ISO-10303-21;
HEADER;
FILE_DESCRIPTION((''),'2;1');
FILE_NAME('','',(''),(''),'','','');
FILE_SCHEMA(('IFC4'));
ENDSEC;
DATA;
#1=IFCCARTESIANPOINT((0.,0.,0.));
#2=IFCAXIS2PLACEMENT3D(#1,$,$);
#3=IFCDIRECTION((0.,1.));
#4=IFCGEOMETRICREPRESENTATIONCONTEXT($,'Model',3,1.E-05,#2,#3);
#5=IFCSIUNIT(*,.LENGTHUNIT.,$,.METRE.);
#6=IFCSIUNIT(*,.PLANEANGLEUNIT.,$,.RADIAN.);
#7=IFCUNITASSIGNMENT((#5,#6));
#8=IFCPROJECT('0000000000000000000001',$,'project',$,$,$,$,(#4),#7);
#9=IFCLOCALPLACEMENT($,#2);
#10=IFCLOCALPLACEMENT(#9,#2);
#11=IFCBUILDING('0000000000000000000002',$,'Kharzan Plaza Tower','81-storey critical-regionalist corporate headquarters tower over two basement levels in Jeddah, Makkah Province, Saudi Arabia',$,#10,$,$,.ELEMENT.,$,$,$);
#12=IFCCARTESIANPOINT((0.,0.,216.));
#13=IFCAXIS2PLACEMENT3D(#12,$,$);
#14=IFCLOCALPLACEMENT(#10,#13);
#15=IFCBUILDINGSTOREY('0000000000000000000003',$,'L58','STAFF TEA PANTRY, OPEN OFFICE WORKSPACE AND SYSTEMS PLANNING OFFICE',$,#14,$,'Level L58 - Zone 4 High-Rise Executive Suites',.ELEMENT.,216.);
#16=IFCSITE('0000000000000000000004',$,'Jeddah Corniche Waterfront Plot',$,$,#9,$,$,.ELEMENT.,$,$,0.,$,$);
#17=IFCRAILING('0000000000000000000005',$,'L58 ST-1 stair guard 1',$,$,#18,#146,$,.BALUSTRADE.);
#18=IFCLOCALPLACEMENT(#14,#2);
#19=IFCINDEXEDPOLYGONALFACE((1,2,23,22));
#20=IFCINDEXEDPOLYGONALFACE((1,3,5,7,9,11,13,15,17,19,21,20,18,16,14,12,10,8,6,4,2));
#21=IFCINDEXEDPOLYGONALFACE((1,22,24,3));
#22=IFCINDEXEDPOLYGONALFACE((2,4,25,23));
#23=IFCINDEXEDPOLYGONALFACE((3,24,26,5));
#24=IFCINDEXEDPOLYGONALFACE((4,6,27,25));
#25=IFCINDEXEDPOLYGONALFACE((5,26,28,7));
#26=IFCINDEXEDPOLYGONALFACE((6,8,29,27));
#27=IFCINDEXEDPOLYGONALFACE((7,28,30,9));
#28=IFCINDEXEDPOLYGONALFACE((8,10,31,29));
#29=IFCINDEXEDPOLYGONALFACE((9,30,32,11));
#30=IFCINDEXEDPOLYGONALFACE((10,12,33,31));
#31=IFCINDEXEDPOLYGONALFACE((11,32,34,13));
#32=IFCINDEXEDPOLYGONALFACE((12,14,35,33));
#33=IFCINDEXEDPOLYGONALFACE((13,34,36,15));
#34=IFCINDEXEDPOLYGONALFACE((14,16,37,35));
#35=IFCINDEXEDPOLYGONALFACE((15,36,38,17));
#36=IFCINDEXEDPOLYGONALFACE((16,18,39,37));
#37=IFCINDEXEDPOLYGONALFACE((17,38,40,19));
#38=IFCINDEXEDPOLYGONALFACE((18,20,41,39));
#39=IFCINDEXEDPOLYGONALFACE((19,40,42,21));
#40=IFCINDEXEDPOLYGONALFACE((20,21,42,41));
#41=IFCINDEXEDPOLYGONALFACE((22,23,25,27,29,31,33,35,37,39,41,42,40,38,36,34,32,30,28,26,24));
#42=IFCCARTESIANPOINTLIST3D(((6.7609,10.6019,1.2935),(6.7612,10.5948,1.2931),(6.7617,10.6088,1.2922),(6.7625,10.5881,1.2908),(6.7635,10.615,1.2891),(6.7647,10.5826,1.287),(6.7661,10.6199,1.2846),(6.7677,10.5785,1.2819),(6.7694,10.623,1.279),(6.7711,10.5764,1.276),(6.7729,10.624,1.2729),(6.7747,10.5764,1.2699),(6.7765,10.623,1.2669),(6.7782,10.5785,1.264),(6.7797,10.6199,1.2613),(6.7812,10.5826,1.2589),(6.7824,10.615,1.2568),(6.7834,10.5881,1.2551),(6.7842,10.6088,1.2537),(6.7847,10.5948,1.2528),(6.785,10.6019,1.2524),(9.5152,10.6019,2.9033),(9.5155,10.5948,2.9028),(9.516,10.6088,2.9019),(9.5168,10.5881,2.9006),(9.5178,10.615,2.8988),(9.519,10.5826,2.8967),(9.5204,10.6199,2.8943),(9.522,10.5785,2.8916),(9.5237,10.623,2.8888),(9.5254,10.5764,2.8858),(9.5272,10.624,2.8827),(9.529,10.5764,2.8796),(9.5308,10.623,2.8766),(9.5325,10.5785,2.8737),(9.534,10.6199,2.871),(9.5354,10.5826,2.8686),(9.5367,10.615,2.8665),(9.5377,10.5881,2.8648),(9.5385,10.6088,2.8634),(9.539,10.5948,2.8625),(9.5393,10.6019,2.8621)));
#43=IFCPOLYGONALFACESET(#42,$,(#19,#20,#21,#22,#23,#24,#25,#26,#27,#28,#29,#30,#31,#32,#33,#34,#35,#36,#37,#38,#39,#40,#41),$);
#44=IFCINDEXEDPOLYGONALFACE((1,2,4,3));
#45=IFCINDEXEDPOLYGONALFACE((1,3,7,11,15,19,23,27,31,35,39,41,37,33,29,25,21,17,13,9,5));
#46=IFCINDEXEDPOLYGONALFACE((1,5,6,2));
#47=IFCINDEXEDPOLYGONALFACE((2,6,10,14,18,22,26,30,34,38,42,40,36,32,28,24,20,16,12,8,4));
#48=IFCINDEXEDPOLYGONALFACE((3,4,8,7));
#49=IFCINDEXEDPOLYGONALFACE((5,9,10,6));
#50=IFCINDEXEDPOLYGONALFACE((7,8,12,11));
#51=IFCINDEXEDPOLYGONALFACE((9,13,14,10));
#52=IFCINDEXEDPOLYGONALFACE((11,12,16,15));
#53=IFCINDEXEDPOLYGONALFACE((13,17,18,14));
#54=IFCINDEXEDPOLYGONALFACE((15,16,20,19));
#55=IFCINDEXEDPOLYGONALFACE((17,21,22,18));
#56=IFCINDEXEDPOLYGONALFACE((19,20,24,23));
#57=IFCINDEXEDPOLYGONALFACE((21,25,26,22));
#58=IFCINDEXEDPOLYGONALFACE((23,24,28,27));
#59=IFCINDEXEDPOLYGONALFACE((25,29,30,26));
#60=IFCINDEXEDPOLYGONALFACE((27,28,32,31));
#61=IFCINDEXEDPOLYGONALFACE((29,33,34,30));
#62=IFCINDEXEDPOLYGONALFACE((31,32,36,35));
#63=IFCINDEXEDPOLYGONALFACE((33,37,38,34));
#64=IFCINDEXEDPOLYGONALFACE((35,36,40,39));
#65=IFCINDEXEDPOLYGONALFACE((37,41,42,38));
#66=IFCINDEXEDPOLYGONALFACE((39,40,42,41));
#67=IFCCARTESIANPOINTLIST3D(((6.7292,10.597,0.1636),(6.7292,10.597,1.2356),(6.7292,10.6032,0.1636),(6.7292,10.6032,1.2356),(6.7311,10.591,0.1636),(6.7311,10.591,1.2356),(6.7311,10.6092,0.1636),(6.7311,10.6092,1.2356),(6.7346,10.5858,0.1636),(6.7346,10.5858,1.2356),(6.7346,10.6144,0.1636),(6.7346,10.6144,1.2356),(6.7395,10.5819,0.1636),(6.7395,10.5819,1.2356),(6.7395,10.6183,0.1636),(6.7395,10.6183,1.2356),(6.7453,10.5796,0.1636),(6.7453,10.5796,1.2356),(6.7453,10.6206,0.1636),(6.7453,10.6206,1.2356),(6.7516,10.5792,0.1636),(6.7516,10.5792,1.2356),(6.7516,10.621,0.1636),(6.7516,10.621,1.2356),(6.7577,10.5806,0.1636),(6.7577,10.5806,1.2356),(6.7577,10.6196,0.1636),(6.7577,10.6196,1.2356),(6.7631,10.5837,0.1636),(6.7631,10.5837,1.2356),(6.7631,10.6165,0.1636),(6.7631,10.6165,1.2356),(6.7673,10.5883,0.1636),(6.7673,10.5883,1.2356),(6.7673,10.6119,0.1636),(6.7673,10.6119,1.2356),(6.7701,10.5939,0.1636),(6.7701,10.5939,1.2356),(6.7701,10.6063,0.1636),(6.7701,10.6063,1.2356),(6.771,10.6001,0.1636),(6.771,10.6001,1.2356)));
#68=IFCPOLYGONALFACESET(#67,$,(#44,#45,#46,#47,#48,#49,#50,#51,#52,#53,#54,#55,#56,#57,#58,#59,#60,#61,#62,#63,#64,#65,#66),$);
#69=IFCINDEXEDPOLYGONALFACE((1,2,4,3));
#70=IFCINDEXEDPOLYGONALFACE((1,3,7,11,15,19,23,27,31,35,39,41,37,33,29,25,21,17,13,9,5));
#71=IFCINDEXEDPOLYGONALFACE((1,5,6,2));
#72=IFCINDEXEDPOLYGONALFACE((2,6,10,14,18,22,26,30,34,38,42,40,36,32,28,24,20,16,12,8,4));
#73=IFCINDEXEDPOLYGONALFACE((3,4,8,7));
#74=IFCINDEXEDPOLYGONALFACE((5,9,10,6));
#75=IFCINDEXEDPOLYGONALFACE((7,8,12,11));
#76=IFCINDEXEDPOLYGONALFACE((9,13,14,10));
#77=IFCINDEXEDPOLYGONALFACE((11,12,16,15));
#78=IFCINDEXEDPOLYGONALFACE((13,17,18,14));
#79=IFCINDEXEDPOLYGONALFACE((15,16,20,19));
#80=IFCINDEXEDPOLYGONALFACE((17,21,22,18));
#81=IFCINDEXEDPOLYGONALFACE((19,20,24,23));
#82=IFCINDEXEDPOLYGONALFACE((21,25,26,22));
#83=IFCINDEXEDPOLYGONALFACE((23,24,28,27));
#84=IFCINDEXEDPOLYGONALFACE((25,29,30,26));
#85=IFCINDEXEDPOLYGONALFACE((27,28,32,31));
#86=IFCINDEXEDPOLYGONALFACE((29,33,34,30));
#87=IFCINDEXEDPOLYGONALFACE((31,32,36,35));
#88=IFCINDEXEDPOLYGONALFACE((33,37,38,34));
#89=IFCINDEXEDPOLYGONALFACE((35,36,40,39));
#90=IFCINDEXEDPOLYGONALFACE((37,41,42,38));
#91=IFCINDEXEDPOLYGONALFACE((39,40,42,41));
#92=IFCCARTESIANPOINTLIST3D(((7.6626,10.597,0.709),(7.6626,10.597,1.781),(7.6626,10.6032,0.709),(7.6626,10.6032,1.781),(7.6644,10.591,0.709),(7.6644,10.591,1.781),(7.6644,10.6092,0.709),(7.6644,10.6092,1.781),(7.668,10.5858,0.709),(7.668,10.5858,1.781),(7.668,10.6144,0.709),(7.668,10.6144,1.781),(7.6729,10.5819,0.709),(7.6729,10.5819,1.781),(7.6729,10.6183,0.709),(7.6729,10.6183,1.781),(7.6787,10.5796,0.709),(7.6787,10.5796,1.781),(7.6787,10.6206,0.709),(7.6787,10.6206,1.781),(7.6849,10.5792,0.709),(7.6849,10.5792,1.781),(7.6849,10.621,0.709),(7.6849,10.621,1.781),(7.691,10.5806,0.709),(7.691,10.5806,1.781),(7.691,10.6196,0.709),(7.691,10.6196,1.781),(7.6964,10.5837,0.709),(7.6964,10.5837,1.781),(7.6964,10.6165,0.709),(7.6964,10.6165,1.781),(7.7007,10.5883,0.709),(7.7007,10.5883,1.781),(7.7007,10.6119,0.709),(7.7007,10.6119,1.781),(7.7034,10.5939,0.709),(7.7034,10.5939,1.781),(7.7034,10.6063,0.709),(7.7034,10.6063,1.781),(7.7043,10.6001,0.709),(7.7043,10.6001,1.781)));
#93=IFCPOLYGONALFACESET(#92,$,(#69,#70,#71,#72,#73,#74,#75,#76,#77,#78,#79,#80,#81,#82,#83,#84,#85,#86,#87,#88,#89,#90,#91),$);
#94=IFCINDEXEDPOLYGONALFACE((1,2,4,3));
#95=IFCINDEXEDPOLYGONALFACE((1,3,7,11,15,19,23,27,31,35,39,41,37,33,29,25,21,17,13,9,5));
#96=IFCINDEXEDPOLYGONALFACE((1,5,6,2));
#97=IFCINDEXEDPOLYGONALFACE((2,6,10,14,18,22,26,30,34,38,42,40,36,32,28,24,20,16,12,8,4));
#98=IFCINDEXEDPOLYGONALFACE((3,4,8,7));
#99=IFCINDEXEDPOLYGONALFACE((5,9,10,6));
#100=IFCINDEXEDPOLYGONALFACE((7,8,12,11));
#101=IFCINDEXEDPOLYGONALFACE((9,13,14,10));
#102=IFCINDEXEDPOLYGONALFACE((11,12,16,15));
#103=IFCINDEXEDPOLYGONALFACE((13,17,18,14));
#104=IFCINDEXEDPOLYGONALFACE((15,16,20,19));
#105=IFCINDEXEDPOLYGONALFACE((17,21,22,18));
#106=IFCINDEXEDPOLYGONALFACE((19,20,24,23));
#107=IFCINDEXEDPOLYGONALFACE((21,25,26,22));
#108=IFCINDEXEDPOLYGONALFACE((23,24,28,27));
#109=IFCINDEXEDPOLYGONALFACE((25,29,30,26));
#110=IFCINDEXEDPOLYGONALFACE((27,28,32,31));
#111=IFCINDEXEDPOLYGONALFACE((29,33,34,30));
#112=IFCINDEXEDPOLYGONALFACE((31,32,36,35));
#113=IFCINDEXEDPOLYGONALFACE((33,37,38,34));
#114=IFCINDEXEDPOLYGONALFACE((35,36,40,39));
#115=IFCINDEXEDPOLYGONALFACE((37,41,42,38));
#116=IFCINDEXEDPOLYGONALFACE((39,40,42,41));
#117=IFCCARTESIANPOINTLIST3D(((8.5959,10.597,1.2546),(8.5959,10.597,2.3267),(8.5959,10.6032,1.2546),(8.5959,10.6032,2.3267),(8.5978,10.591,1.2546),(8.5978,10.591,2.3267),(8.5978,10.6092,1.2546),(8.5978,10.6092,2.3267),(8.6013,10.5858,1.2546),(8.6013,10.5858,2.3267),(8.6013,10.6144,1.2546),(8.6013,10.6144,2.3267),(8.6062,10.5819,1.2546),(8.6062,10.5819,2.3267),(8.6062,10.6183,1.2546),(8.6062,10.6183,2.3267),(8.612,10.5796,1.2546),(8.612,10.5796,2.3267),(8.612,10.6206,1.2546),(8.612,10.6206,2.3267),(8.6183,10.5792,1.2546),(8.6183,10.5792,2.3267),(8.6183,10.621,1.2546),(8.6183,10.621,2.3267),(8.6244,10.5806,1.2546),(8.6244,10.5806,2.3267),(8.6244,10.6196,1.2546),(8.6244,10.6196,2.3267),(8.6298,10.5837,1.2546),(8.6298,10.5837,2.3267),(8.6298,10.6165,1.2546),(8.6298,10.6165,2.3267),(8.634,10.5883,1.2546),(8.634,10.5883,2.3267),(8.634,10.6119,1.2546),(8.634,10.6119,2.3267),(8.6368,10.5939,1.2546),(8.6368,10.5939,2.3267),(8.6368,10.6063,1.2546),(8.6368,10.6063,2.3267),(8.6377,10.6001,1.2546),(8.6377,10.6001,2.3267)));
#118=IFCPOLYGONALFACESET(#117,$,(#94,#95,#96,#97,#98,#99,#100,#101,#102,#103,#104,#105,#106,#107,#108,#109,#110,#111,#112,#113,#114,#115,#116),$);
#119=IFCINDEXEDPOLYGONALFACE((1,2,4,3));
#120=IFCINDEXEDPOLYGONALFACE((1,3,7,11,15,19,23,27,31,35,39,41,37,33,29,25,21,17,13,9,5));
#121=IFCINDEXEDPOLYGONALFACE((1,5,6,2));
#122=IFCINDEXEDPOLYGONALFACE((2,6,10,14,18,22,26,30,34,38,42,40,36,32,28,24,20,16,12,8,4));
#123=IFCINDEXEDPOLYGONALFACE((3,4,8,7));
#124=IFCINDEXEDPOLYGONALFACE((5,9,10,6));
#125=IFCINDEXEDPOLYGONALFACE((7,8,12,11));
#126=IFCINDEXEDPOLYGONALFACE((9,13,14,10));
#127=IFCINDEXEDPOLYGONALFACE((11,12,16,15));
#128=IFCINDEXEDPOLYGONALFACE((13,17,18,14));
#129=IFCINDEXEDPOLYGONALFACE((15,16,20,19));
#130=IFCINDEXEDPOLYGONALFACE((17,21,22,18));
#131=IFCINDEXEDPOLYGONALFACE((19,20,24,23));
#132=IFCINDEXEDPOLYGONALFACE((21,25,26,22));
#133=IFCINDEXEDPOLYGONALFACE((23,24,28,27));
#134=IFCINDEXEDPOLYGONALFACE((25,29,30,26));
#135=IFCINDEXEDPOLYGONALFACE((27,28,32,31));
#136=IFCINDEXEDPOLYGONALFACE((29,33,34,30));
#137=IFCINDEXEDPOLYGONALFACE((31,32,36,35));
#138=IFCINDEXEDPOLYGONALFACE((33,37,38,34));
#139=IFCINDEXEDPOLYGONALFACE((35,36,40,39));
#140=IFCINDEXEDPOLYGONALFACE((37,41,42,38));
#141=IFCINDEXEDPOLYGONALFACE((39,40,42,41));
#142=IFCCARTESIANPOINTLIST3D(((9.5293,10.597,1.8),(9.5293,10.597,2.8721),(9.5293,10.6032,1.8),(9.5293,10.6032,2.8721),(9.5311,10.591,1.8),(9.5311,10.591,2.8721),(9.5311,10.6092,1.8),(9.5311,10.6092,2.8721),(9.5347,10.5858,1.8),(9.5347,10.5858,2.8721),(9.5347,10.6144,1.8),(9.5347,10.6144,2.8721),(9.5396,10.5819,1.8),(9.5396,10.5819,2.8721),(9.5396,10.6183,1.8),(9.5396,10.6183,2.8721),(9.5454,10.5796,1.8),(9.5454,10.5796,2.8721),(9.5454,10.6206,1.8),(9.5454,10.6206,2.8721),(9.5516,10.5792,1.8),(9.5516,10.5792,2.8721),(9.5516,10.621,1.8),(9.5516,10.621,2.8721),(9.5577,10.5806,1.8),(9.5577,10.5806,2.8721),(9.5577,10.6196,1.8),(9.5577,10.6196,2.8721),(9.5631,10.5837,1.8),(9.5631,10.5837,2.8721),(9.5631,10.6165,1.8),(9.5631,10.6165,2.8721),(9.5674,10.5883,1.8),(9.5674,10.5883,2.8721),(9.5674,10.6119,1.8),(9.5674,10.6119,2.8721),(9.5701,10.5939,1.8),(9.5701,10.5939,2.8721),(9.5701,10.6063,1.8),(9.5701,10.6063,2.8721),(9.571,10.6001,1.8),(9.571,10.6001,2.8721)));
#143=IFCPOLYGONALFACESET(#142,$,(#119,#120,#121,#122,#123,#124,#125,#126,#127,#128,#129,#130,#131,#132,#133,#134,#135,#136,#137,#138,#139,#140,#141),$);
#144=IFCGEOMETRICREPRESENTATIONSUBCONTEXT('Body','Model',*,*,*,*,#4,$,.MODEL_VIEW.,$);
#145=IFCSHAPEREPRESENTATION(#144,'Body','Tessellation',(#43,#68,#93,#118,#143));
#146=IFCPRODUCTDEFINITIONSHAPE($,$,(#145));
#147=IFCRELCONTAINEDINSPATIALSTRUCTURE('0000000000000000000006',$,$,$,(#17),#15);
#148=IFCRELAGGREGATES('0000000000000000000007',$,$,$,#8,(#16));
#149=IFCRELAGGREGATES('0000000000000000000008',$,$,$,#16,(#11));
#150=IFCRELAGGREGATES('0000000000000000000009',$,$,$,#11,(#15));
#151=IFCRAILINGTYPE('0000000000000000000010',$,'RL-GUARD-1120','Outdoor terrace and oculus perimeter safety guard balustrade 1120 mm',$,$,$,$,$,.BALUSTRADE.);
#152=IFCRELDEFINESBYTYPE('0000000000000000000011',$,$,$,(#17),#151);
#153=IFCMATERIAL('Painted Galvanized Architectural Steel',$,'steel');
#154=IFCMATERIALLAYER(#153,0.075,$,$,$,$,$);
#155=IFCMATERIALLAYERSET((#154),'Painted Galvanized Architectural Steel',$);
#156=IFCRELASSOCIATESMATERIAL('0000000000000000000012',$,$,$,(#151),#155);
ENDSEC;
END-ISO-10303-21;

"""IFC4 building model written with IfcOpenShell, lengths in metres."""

from ifc_helpers import new_model, si_unit, direction, frame, origin, origin_2d, place, context, subcontext, project, spatial, circle, extrude, source, transform, mapped, material, layer, layer_set, type_object, element, save


model = new_model("IFC4")

# Units and contexts
model_context = context("Model", 3, precision=1e-05, world=origin(), true_north=direction((0.0, 1.0)))
body_context = subcontext(model_context, "Body", "Model", "MODEL_VIEW")
ifc_project = project(units=[si_unit("LENGTHUNIT", "METRE"), si_unit("PLANEANGLEUNIT", "RADIAN")], contexts=[model_context])

# Site, building, storey
site_placement = place(None, origin())
site = spatial("IfcSite", under=ifc_project, at=site_placement, Name="Jeddah Corniche Waterfront Plot", CompositionType="ELEMENT", RefElevation=0.0)
building_placement = place(site_placement, origin())
building = spatial("IfcBuilding", under=site, at=building_placement, Name="Kharzan Plaza Tower", Description="81-storey critical-regionalist corporate headquarters tower over two basement levels in Jeddah, Makkah Province, Saudi Arabia", CompositionType="ELEMENT")
storey_placement = place(building_placement, frame((0.0, 0.0, 216.0)))
storey = spatial("IfcBuildingStorey", under=building, at=storey_placement, Name="L58", Description="STAFF TEA PANTRY, OPEN OFFICE WORKSPACE AND SYSTEMS PLANNING OFFICE", LongName="Level L58 - Zone 4 High-Rise Executive Suites", CompositionType="ELEMENT", Elevation=216.0)

# Shared definitions
ifc_material_1 = material(Name="Painted Galvanized Architectural Steel", Category="steel")
ifc_layer_1 = layer(ifc_material_1, 0.075)
ifc_layer_set_1 = layer_set([ifc_layer_1], Name="Painted Galvanized Architectural Steel")
railing_type_1 = type_object("IfcRailingType", Name="RL-GUARD-1120", Description="Outdoor terrace and oculus perimeter safety guard balustrade 1120 mm", PredefinedType="BALUSTRADE", material=ifc_layer_set_1)

# Railing
shared_shape_1 = source(origin(), body_context, "Body", "SweptSolid", [
    extrude(circle(Radius=0.0239, at=origin_2d()), frame((0.0229, 0.0, 1.1094), z_axis=(0.863361, 0.0, 0.504587), x_axis=(0.0, 1.0, 0.0)), (0.0, 0.0, 1.0), 3.1902),
    extrude(circle(Radius=0.021, at=origin_2d()), origin(), (0.0, 0.0, 1.0), 1.072),
    extrude(circle(Radius=0.021, at=origin_2d()), frame((0.9333, 0.0, 0.5454)), (0.0, 0.0, 1.0), 1.072),
    extrude(circle(Radius=0.021, at=origin_2d()), frame((1.8667, 0.0, 1.0911)), (0.0, 0.0, 1.0), 1.072),
    extrude(circle(Radius=0.021, at=origin_2d()), frame((2.8, 0.0, 1.6365)), (0.0, 0.0, 1.0), 1.072),
])
railing_1_placement = place(storey_placement, frame((6.75, 10.6001, 0.1636)))
element("IfcRailing", 1, at=railing_1_placement, inside=storey, type_object=railing_type_1, Name="L58 ST-1 stair guard 1", PredefinedType="BALUSTRADE", context=body_context, shape_type="MappedRepresentation", body=[
    mapped(shared_shape_1, transform((0.0, 0.0, 0.0), x_axis=(1.0, 0.0, 0.0), y_axis=(0.0, 1.0, 0.0), z_axis=(0.0, 0.0, 1.0))),
])

save(model, "model.ifc")
